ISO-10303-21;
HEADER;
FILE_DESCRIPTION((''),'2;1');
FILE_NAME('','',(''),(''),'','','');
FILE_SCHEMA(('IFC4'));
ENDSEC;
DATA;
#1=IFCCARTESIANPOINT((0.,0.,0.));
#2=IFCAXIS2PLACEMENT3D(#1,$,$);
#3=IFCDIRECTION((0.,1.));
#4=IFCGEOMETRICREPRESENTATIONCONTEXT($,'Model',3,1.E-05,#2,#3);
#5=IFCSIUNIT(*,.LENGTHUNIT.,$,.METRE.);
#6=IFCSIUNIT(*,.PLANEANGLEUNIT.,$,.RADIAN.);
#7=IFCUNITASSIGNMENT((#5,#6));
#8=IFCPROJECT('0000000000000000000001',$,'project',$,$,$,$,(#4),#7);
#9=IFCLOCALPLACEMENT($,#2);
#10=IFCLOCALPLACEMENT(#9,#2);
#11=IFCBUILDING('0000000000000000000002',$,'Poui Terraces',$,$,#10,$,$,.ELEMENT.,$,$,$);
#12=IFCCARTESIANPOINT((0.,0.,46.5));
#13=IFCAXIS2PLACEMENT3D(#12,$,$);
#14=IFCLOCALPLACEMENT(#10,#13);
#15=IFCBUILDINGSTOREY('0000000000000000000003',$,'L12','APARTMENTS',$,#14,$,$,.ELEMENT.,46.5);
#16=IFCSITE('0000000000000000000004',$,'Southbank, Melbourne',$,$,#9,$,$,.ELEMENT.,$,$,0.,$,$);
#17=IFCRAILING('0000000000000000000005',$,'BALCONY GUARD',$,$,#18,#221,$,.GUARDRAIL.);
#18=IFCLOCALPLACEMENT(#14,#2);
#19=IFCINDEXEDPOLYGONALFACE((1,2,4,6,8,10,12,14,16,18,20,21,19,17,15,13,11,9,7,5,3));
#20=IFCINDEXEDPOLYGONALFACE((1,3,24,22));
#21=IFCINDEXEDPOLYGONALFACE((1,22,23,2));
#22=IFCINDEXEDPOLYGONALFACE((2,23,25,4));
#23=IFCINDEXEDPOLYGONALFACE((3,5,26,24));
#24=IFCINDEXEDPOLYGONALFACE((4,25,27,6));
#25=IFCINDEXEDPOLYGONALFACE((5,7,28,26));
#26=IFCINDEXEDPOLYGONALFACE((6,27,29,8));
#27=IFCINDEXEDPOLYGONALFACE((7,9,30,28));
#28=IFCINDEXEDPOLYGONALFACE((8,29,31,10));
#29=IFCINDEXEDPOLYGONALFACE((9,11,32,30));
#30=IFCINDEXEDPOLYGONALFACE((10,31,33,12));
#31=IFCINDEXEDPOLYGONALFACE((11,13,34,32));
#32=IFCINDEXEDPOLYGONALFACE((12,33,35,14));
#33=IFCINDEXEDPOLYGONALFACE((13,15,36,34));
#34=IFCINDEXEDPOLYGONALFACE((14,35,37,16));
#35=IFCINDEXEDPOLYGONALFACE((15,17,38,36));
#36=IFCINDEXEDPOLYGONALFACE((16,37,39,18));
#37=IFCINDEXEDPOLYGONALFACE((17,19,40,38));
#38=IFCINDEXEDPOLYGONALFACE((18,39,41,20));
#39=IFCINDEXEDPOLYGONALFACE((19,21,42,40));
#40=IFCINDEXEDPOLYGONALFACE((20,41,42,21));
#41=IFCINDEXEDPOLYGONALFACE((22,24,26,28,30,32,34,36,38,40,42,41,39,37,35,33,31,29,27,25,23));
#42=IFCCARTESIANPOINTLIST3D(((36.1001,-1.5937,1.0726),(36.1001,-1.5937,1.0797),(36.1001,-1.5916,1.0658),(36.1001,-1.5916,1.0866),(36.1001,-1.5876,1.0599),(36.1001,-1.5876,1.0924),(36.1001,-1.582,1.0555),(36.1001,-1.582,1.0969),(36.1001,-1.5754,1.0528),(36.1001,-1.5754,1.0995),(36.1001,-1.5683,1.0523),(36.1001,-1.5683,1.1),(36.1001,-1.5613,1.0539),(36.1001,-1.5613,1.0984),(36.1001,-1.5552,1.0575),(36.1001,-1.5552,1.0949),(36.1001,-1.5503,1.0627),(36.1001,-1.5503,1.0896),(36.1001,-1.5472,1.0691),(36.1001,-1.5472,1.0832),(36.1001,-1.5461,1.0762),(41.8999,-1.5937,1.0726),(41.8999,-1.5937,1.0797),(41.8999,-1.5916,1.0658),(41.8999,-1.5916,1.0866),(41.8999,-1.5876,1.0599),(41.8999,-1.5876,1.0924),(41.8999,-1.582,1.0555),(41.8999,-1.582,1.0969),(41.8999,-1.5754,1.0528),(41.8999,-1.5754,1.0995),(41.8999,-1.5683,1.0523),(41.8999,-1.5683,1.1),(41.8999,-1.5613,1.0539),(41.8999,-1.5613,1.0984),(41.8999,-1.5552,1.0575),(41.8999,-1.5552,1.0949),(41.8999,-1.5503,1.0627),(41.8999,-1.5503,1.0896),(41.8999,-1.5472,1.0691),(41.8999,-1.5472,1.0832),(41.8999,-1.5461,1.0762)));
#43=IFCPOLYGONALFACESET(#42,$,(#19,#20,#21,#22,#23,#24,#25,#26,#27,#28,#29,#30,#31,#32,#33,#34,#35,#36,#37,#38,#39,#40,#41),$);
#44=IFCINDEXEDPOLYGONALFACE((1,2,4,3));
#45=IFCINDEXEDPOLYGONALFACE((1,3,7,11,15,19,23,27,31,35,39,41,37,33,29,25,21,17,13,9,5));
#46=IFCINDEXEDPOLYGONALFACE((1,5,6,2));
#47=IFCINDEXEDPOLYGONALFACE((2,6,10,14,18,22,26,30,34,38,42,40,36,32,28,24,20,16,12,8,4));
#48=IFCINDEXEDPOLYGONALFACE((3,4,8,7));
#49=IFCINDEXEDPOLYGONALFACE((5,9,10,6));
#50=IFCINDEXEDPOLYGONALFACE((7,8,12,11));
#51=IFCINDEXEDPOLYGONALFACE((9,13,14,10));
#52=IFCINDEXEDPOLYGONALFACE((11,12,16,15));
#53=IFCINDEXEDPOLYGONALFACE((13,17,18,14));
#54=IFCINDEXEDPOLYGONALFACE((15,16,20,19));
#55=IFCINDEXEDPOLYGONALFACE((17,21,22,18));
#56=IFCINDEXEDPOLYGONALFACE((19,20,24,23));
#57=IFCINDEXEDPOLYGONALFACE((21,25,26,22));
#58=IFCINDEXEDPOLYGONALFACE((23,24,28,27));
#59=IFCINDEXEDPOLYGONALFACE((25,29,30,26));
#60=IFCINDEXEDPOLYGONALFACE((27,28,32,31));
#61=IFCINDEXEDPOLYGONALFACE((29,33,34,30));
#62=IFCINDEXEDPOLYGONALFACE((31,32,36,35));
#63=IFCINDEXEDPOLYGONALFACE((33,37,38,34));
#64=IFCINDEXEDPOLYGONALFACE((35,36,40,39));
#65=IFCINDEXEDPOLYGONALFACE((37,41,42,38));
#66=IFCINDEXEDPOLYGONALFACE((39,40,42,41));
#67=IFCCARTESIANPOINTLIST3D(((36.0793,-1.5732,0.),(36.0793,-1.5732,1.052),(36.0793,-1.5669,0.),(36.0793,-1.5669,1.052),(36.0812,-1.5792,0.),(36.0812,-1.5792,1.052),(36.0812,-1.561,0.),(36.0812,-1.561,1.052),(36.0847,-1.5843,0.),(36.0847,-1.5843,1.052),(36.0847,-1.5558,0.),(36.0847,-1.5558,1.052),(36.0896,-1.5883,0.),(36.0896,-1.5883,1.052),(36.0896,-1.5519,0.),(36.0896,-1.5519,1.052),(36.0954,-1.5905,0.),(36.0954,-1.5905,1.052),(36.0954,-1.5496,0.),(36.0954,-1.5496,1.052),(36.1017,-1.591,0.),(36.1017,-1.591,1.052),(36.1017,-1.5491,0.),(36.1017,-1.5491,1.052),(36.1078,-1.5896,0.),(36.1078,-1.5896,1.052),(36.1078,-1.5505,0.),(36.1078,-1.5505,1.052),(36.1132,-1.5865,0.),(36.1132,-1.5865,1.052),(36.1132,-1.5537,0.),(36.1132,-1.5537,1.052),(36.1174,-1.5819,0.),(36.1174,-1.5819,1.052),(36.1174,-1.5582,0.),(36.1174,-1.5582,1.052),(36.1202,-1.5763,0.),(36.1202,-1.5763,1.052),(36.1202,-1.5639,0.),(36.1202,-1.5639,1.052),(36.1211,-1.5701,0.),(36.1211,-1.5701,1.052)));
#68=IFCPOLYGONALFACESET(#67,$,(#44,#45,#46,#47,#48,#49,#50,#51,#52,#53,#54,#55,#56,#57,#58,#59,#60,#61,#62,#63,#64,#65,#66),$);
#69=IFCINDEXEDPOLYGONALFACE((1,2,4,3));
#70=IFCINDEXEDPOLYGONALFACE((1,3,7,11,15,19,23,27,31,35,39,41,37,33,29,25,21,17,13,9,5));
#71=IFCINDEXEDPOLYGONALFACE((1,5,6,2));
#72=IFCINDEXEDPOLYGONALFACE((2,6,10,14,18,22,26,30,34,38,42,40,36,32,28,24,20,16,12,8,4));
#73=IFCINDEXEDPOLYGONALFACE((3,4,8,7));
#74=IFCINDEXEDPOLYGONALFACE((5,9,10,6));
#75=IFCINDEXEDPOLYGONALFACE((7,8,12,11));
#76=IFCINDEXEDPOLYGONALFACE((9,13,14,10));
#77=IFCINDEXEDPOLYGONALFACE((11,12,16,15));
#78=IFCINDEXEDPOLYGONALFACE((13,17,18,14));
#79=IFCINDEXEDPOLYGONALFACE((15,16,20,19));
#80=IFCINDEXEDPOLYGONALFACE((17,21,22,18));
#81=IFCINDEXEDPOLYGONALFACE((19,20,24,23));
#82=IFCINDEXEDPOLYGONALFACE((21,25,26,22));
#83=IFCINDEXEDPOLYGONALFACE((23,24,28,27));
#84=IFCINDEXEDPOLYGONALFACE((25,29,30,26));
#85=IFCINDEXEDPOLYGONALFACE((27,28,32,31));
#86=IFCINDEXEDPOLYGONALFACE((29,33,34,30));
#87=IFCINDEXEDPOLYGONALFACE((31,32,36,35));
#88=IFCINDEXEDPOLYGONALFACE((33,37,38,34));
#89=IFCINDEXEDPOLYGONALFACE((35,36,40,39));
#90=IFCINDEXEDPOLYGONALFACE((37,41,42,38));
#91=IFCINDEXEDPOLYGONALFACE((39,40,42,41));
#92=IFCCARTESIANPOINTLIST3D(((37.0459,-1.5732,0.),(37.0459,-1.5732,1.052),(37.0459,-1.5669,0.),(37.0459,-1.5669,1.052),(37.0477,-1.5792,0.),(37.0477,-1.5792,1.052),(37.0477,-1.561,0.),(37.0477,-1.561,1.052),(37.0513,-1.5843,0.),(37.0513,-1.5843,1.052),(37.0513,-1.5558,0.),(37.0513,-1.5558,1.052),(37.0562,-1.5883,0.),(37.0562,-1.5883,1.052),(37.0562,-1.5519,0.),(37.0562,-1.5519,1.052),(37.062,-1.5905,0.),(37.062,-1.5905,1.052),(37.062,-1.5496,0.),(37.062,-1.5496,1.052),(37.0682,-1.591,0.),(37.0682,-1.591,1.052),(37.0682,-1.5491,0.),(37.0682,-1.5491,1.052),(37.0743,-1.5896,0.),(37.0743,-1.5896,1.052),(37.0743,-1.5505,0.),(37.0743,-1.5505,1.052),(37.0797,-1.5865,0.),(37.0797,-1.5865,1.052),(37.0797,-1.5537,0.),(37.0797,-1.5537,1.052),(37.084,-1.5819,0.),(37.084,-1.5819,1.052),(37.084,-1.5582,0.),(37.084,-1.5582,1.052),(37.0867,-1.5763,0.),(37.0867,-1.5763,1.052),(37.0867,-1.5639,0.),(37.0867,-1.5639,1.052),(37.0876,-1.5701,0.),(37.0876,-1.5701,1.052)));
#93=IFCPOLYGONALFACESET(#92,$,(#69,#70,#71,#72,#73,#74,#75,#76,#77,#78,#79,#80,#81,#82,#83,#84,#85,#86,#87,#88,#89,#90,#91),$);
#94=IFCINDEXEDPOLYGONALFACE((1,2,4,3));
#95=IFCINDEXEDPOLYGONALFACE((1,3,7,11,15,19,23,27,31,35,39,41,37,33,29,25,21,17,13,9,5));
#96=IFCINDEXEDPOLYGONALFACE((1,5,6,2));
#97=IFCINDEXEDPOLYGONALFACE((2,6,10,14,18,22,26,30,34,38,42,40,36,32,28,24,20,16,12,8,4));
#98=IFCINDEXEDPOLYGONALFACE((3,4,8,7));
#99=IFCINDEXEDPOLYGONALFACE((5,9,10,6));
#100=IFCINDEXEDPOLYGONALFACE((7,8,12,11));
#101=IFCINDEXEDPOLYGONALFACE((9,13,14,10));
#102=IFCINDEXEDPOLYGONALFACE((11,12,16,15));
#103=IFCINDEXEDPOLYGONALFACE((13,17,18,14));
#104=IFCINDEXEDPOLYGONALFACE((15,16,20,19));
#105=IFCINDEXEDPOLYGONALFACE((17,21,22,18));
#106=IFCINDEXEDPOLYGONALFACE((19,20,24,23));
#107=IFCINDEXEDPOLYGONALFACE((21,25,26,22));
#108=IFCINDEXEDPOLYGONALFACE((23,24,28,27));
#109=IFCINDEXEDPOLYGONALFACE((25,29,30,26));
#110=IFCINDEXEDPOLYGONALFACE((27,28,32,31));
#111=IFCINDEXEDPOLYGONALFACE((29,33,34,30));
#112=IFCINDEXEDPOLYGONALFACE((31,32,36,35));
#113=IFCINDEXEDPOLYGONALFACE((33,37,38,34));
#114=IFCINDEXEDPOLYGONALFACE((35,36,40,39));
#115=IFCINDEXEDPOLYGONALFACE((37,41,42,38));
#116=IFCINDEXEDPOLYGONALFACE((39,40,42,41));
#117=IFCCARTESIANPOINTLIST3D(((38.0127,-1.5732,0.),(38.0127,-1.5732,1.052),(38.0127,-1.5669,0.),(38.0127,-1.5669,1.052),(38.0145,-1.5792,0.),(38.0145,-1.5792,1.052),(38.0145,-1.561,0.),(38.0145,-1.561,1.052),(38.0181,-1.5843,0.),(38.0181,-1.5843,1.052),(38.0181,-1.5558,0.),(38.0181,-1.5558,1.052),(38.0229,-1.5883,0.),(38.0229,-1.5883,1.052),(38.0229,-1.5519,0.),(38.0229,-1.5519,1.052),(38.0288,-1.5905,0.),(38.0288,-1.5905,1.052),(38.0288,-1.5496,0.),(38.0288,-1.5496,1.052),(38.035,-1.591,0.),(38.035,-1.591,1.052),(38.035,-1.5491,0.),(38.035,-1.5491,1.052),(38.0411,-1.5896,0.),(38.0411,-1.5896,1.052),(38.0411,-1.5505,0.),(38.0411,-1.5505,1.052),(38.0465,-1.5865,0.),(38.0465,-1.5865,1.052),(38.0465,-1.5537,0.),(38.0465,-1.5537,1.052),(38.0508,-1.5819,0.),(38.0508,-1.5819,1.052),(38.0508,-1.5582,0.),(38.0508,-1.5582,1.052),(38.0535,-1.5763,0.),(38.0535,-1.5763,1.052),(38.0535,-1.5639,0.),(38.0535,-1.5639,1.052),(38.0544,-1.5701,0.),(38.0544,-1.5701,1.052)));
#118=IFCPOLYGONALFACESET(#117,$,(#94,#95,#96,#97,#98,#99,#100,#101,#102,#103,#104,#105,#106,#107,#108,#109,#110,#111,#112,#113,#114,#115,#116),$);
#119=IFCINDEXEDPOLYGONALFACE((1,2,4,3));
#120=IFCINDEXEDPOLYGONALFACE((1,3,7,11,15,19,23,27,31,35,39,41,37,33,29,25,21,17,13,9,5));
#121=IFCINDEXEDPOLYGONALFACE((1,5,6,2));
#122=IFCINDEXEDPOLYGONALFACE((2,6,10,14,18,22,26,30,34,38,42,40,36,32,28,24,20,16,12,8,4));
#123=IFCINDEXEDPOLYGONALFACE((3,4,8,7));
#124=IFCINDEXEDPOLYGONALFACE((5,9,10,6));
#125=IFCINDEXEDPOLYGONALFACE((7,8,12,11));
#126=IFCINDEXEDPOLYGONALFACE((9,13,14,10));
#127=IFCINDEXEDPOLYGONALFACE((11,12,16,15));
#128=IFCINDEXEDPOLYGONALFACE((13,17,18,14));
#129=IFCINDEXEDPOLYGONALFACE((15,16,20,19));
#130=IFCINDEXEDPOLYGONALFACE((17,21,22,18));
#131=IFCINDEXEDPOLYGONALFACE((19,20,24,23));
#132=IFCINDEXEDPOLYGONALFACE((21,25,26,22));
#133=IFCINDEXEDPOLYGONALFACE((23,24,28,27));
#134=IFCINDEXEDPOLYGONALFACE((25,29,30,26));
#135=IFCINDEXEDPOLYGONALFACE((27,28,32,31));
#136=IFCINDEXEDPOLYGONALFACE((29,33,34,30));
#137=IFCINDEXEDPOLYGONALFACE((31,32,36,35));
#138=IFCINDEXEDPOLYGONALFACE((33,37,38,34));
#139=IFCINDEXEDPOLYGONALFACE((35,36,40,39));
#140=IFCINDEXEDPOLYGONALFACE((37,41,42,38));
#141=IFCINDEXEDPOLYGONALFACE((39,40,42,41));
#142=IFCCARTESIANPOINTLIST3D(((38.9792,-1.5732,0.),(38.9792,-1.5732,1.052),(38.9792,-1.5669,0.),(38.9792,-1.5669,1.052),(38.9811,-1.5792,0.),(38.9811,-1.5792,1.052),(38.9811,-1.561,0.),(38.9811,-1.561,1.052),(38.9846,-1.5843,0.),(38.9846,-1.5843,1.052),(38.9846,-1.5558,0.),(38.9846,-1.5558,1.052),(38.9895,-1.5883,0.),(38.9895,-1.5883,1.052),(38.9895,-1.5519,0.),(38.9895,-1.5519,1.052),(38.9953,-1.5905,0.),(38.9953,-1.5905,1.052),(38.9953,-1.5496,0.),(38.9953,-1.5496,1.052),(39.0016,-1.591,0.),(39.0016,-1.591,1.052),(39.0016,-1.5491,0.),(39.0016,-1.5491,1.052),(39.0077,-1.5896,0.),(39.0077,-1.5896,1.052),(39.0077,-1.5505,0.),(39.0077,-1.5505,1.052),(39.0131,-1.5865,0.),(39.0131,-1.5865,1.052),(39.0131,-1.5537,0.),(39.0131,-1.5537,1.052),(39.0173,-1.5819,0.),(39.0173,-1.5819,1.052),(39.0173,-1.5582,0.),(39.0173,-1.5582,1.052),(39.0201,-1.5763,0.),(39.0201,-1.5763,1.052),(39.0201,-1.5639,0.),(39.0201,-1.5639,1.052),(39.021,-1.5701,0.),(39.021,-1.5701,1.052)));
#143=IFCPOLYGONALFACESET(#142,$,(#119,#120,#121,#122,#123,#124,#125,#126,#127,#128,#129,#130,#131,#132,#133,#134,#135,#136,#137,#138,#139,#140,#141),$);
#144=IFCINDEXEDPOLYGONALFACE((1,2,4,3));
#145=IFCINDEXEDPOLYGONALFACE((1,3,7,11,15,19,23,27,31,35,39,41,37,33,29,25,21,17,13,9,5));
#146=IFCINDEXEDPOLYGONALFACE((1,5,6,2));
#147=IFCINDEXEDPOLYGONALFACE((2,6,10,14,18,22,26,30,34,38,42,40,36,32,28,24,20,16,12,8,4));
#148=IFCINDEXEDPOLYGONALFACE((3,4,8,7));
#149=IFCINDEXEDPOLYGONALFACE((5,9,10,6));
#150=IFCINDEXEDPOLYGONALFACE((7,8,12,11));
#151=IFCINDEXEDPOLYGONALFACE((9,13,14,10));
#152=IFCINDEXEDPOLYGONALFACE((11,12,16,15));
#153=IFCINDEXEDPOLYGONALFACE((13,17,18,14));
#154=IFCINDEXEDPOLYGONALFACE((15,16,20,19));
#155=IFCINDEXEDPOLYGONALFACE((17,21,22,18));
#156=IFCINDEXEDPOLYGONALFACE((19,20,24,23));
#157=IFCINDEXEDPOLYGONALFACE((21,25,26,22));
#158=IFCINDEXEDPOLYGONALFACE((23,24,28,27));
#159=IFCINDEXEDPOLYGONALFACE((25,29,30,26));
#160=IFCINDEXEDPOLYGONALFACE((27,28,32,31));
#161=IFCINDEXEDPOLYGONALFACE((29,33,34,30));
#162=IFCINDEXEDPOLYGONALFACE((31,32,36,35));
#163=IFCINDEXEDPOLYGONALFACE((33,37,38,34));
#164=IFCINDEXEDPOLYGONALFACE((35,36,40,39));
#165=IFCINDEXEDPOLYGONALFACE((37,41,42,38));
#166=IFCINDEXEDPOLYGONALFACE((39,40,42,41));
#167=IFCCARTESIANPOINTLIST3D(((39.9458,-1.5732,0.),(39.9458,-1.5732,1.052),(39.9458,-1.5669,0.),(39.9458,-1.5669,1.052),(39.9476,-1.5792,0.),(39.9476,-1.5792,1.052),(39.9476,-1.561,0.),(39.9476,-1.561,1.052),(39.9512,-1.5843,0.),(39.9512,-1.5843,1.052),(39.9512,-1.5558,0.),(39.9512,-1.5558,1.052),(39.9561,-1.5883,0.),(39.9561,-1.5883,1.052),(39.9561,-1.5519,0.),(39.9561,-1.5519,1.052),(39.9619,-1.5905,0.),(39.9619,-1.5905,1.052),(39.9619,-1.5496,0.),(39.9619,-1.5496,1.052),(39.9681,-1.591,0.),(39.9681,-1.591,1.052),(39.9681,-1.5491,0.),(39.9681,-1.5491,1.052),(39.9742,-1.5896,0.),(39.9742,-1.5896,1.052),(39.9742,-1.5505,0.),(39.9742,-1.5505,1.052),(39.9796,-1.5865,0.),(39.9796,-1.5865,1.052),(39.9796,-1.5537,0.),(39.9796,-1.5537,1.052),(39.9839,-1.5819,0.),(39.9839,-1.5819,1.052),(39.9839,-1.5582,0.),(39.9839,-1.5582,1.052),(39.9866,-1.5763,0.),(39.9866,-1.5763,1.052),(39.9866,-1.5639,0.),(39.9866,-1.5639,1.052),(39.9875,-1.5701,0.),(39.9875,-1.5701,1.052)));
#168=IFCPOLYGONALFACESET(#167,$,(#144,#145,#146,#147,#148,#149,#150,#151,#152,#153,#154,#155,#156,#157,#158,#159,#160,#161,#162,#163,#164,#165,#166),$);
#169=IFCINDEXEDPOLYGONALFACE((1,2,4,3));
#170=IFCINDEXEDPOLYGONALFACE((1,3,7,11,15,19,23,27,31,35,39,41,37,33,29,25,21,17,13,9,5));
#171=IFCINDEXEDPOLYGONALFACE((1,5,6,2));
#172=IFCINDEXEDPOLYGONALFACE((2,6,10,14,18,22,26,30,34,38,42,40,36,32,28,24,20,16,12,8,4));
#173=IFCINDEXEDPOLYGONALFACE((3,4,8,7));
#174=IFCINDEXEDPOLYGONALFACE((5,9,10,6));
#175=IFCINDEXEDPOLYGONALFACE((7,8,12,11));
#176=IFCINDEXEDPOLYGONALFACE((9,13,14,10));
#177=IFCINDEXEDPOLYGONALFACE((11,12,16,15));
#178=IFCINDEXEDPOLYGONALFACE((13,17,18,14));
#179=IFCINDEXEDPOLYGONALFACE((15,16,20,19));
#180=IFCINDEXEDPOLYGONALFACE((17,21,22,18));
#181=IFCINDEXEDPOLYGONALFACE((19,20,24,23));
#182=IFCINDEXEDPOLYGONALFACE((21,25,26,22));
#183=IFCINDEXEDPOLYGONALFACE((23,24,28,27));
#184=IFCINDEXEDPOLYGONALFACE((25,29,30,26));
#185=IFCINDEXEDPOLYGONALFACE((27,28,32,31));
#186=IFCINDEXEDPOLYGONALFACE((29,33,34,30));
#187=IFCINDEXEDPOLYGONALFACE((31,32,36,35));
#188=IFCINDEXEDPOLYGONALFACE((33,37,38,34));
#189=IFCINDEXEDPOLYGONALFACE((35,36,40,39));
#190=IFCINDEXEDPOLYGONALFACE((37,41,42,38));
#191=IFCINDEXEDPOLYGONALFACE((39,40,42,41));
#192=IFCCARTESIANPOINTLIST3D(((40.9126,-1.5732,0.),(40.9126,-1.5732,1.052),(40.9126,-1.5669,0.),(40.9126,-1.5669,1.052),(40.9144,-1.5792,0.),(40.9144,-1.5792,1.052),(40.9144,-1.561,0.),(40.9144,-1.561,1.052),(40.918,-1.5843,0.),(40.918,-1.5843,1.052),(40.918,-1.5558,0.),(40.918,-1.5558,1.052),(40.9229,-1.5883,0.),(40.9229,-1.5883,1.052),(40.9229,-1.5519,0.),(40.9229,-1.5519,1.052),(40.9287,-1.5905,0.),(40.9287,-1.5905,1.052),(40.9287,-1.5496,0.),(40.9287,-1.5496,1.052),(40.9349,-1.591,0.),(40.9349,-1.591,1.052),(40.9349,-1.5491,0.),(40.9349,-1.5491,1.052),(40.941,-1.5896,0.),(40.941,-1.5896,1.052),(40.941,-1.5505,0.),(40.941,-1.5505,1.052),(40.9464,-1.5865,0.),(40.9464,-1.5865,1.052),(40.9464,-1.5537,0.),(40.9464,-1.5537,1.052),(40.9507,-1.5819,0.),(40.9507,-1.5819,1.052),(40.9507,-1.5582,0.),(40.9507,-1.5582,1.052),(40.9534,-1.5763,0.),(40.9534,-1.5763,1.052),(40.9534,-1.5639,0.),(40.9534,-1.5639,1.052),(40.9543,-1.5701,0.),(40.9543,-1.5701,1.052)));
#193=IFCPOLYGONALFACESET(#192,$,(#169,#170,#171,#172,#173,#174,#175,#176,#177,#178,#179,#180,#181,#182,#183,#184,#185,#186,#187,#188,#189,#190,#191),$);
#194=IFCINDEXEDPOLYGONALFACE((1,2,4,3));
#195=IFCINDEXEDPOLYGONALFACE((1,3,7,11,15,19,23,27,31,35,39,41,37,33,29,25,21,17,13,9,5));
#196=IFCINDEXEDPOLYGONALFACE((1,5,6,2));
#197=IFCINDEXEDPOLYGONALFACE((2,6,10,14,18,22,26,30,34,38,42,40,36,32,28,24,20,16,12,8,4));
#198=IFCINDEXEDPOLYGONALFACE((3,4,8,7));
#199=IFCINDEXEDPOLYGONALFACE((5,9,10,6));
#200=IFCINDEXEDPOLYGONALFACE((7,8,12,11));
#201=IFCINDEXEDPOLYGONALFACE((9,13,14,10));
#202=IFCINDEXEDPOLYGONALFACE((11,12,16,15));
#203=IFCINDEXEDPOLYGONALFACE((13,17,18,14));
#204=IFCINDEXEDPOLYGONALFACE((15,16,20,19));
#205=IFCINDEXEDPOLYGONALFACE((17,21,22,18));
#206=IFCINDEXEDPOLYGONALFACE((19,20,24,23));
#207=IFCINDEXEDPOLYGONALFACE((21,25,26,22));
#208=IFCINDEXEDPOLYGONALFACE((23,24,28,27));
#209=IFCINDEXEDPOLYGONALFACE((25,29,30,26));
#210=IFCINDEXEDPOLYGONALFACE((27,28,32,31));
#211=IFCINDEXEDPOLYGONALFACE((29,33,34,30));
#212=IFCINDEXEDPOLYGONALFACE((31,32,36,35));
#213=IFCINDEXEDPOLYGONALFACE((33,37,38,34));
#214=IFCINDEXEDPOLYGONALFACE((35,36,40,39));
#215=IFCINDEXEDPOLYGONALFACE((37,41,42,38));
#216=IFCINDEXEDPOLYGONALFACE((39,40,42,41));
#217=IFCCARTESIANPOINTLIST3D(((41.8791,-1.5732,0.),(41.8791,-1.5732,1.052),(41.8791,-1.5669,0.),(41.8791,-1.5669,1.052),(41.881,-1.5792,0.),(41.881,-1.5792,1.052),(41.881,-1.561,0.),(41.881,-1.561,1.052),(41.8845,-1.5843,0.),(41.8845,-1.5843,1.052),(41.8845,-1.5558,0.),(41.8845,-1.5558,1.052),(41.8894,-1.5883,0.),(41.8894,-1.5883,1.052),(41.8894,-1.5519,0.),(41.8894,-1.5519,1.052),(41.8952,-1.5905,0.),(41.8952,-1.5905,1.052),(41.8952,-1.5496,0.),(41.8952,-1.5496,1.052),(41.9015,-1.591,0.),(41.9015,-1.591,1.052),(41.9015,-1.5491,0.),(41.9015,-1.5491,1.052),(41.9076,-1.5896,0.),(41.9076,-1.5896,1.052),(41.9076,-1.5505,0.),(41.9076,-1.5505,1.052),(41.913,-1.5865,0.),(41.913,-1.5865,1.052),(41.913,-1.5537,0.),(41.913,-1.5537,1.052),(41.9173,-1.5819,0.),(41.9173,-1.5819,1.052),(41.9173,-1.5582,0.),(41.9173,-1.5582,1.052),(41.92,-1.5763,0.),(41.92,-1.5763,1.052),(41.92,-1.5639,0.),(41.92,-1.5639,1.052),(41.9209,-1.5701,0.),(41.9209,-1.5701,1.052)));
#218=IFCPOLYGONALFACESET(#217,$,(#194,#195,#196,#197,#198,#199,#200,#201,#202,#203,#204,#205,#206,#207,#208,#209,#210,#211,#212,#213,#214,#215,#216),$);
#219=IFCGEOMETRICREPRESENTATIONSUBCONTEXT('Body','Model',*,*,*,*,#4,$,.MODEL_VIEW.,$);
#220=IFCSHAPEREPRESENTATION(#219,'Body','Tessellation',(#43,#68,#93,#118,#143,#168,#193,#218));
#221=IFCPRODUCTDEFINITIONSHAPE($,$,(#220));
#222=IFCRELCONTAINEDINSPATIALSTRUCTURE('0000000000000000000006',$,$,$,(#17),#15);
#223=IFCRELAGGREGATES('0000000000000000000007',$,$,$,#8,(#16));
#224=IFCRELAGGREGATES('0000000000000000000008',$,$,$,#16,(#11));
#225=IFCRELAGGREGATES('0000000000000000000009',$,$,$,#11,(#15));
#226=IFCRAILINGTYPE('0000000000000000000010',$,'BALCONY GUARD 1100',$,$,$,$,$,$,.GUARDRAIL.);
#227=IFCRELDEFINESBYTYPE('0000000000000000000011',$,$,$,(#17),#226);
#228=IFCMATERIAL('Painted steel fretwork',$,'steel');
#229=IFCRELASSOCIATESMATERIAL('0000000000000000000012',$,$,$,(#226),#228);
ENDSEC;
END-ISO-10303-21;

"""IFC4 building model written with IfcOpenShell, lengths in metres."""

from ifc_helpers import new_model, si_unit, direction, frame, origin, origin_2d, place, context, subcontext, project, spatial, circle, extrude, material, type_object, element, save


model = new_model("IFC4")

# Units and contexts
model_context = context("Model", 3, precision=1e-05, world=origin(), true_north=direction((0.0, 1.0)))
body_context = subcontext(model_context, "Body", "Model", "MODEL_VIEW")
ifc_project = project(units=[si_unit("LENGTHUNIT", "METRE"), si_unit("PLANEANGLEUNIT", "RADIAN")], contexts=[model_context])

# Site, building, storey
site_placement = place(None, origin())
site = spatial("IfcSite", under=ifc_project, at=site_placement, Name="Southbank, Melbourne", CompositionType="ELEMENT", RefElevation=0.0)
building_placement = place(site_placement, origin())
building = spatial("IfcBuilding", under=site, at=building_placement, Name="Poui Terraces", CompositionType="ELEMENT")
storey_placement = place(building_placement, frame((0.0, 0.0, 46.5)))
storey = spatial("IfcBuildingStorey", under=building, at=storey_placement, Name="L12", Description="APARTMENTS", CompositionType="ELEMENT", Elevation=46.5)

# Railing
ifc_material_1 = material(Name="Painted steel fretwork", Category="steel")
railing_type = type_object("IfcRailingType", Name="BALCONY GUARD 1100", PredefinedType="GUARDRAIL", material=ifc_material_1)
railing_placement = place(storey_placement, frame((36.1001, -1.5701, 0.0)))
element("IfcRailing", 1, at=railing_placement, inside=storey, type_object=railing_type, Name="BALCONY GUARD", PredefinedType="GUARDRAIL", context=body_context, shape_type="SweptSolid", body=[
    extrude(circle(Radius=0.0239, at=origin_2d()), frame((0.0, 0.0, 1.0762), z_axis=(1.0, 0.0, 0.0), x_axis=(0.0, 1.0, 0.0)), (0.0, 0.0, 1.0), 5.7998),
    extrude(circle(Radius=0.021, at=origin_2d()), origin(), (0.0, 0.0, 1.0), 1.052),
    extrude(circle(Radius=0.021, at=origin_2d()), frame((0.9666, 0.0, 0.0)), (0.0, 0.0, 1.0), 1.052),
    extrude(circle(Radius=0.021, at=origin_2d()), frame((1.9333, 0.0, 0.0)), (0.0, 0.0, 1.0), 1.052),
    extrude(circle(Radius=0.021, at=origin_2d()), frame((2.8999, 0.0, 0.0)), (0.0, 0.0, 1.0), 1.052),
    extrude(circle(Radius=0.021, at=origin_2d()), frame((3.8665, 0.0, 0.0)), (0.0, 0.0, 1.0), 1.052),
    extrude(circle(Radius=0.021, at=origin_2d()), frame((4.8333, 0.0, 0.0)), (0.0, 0.0, 1.0), 1.052),
    extrude(circle(Radius=0.021, at=origin_2d()), frame((5.7998, 0.0, 0.0)), (0.0, 0.0, 1.0), 1.052),
])

save(model, "model.ifc")
